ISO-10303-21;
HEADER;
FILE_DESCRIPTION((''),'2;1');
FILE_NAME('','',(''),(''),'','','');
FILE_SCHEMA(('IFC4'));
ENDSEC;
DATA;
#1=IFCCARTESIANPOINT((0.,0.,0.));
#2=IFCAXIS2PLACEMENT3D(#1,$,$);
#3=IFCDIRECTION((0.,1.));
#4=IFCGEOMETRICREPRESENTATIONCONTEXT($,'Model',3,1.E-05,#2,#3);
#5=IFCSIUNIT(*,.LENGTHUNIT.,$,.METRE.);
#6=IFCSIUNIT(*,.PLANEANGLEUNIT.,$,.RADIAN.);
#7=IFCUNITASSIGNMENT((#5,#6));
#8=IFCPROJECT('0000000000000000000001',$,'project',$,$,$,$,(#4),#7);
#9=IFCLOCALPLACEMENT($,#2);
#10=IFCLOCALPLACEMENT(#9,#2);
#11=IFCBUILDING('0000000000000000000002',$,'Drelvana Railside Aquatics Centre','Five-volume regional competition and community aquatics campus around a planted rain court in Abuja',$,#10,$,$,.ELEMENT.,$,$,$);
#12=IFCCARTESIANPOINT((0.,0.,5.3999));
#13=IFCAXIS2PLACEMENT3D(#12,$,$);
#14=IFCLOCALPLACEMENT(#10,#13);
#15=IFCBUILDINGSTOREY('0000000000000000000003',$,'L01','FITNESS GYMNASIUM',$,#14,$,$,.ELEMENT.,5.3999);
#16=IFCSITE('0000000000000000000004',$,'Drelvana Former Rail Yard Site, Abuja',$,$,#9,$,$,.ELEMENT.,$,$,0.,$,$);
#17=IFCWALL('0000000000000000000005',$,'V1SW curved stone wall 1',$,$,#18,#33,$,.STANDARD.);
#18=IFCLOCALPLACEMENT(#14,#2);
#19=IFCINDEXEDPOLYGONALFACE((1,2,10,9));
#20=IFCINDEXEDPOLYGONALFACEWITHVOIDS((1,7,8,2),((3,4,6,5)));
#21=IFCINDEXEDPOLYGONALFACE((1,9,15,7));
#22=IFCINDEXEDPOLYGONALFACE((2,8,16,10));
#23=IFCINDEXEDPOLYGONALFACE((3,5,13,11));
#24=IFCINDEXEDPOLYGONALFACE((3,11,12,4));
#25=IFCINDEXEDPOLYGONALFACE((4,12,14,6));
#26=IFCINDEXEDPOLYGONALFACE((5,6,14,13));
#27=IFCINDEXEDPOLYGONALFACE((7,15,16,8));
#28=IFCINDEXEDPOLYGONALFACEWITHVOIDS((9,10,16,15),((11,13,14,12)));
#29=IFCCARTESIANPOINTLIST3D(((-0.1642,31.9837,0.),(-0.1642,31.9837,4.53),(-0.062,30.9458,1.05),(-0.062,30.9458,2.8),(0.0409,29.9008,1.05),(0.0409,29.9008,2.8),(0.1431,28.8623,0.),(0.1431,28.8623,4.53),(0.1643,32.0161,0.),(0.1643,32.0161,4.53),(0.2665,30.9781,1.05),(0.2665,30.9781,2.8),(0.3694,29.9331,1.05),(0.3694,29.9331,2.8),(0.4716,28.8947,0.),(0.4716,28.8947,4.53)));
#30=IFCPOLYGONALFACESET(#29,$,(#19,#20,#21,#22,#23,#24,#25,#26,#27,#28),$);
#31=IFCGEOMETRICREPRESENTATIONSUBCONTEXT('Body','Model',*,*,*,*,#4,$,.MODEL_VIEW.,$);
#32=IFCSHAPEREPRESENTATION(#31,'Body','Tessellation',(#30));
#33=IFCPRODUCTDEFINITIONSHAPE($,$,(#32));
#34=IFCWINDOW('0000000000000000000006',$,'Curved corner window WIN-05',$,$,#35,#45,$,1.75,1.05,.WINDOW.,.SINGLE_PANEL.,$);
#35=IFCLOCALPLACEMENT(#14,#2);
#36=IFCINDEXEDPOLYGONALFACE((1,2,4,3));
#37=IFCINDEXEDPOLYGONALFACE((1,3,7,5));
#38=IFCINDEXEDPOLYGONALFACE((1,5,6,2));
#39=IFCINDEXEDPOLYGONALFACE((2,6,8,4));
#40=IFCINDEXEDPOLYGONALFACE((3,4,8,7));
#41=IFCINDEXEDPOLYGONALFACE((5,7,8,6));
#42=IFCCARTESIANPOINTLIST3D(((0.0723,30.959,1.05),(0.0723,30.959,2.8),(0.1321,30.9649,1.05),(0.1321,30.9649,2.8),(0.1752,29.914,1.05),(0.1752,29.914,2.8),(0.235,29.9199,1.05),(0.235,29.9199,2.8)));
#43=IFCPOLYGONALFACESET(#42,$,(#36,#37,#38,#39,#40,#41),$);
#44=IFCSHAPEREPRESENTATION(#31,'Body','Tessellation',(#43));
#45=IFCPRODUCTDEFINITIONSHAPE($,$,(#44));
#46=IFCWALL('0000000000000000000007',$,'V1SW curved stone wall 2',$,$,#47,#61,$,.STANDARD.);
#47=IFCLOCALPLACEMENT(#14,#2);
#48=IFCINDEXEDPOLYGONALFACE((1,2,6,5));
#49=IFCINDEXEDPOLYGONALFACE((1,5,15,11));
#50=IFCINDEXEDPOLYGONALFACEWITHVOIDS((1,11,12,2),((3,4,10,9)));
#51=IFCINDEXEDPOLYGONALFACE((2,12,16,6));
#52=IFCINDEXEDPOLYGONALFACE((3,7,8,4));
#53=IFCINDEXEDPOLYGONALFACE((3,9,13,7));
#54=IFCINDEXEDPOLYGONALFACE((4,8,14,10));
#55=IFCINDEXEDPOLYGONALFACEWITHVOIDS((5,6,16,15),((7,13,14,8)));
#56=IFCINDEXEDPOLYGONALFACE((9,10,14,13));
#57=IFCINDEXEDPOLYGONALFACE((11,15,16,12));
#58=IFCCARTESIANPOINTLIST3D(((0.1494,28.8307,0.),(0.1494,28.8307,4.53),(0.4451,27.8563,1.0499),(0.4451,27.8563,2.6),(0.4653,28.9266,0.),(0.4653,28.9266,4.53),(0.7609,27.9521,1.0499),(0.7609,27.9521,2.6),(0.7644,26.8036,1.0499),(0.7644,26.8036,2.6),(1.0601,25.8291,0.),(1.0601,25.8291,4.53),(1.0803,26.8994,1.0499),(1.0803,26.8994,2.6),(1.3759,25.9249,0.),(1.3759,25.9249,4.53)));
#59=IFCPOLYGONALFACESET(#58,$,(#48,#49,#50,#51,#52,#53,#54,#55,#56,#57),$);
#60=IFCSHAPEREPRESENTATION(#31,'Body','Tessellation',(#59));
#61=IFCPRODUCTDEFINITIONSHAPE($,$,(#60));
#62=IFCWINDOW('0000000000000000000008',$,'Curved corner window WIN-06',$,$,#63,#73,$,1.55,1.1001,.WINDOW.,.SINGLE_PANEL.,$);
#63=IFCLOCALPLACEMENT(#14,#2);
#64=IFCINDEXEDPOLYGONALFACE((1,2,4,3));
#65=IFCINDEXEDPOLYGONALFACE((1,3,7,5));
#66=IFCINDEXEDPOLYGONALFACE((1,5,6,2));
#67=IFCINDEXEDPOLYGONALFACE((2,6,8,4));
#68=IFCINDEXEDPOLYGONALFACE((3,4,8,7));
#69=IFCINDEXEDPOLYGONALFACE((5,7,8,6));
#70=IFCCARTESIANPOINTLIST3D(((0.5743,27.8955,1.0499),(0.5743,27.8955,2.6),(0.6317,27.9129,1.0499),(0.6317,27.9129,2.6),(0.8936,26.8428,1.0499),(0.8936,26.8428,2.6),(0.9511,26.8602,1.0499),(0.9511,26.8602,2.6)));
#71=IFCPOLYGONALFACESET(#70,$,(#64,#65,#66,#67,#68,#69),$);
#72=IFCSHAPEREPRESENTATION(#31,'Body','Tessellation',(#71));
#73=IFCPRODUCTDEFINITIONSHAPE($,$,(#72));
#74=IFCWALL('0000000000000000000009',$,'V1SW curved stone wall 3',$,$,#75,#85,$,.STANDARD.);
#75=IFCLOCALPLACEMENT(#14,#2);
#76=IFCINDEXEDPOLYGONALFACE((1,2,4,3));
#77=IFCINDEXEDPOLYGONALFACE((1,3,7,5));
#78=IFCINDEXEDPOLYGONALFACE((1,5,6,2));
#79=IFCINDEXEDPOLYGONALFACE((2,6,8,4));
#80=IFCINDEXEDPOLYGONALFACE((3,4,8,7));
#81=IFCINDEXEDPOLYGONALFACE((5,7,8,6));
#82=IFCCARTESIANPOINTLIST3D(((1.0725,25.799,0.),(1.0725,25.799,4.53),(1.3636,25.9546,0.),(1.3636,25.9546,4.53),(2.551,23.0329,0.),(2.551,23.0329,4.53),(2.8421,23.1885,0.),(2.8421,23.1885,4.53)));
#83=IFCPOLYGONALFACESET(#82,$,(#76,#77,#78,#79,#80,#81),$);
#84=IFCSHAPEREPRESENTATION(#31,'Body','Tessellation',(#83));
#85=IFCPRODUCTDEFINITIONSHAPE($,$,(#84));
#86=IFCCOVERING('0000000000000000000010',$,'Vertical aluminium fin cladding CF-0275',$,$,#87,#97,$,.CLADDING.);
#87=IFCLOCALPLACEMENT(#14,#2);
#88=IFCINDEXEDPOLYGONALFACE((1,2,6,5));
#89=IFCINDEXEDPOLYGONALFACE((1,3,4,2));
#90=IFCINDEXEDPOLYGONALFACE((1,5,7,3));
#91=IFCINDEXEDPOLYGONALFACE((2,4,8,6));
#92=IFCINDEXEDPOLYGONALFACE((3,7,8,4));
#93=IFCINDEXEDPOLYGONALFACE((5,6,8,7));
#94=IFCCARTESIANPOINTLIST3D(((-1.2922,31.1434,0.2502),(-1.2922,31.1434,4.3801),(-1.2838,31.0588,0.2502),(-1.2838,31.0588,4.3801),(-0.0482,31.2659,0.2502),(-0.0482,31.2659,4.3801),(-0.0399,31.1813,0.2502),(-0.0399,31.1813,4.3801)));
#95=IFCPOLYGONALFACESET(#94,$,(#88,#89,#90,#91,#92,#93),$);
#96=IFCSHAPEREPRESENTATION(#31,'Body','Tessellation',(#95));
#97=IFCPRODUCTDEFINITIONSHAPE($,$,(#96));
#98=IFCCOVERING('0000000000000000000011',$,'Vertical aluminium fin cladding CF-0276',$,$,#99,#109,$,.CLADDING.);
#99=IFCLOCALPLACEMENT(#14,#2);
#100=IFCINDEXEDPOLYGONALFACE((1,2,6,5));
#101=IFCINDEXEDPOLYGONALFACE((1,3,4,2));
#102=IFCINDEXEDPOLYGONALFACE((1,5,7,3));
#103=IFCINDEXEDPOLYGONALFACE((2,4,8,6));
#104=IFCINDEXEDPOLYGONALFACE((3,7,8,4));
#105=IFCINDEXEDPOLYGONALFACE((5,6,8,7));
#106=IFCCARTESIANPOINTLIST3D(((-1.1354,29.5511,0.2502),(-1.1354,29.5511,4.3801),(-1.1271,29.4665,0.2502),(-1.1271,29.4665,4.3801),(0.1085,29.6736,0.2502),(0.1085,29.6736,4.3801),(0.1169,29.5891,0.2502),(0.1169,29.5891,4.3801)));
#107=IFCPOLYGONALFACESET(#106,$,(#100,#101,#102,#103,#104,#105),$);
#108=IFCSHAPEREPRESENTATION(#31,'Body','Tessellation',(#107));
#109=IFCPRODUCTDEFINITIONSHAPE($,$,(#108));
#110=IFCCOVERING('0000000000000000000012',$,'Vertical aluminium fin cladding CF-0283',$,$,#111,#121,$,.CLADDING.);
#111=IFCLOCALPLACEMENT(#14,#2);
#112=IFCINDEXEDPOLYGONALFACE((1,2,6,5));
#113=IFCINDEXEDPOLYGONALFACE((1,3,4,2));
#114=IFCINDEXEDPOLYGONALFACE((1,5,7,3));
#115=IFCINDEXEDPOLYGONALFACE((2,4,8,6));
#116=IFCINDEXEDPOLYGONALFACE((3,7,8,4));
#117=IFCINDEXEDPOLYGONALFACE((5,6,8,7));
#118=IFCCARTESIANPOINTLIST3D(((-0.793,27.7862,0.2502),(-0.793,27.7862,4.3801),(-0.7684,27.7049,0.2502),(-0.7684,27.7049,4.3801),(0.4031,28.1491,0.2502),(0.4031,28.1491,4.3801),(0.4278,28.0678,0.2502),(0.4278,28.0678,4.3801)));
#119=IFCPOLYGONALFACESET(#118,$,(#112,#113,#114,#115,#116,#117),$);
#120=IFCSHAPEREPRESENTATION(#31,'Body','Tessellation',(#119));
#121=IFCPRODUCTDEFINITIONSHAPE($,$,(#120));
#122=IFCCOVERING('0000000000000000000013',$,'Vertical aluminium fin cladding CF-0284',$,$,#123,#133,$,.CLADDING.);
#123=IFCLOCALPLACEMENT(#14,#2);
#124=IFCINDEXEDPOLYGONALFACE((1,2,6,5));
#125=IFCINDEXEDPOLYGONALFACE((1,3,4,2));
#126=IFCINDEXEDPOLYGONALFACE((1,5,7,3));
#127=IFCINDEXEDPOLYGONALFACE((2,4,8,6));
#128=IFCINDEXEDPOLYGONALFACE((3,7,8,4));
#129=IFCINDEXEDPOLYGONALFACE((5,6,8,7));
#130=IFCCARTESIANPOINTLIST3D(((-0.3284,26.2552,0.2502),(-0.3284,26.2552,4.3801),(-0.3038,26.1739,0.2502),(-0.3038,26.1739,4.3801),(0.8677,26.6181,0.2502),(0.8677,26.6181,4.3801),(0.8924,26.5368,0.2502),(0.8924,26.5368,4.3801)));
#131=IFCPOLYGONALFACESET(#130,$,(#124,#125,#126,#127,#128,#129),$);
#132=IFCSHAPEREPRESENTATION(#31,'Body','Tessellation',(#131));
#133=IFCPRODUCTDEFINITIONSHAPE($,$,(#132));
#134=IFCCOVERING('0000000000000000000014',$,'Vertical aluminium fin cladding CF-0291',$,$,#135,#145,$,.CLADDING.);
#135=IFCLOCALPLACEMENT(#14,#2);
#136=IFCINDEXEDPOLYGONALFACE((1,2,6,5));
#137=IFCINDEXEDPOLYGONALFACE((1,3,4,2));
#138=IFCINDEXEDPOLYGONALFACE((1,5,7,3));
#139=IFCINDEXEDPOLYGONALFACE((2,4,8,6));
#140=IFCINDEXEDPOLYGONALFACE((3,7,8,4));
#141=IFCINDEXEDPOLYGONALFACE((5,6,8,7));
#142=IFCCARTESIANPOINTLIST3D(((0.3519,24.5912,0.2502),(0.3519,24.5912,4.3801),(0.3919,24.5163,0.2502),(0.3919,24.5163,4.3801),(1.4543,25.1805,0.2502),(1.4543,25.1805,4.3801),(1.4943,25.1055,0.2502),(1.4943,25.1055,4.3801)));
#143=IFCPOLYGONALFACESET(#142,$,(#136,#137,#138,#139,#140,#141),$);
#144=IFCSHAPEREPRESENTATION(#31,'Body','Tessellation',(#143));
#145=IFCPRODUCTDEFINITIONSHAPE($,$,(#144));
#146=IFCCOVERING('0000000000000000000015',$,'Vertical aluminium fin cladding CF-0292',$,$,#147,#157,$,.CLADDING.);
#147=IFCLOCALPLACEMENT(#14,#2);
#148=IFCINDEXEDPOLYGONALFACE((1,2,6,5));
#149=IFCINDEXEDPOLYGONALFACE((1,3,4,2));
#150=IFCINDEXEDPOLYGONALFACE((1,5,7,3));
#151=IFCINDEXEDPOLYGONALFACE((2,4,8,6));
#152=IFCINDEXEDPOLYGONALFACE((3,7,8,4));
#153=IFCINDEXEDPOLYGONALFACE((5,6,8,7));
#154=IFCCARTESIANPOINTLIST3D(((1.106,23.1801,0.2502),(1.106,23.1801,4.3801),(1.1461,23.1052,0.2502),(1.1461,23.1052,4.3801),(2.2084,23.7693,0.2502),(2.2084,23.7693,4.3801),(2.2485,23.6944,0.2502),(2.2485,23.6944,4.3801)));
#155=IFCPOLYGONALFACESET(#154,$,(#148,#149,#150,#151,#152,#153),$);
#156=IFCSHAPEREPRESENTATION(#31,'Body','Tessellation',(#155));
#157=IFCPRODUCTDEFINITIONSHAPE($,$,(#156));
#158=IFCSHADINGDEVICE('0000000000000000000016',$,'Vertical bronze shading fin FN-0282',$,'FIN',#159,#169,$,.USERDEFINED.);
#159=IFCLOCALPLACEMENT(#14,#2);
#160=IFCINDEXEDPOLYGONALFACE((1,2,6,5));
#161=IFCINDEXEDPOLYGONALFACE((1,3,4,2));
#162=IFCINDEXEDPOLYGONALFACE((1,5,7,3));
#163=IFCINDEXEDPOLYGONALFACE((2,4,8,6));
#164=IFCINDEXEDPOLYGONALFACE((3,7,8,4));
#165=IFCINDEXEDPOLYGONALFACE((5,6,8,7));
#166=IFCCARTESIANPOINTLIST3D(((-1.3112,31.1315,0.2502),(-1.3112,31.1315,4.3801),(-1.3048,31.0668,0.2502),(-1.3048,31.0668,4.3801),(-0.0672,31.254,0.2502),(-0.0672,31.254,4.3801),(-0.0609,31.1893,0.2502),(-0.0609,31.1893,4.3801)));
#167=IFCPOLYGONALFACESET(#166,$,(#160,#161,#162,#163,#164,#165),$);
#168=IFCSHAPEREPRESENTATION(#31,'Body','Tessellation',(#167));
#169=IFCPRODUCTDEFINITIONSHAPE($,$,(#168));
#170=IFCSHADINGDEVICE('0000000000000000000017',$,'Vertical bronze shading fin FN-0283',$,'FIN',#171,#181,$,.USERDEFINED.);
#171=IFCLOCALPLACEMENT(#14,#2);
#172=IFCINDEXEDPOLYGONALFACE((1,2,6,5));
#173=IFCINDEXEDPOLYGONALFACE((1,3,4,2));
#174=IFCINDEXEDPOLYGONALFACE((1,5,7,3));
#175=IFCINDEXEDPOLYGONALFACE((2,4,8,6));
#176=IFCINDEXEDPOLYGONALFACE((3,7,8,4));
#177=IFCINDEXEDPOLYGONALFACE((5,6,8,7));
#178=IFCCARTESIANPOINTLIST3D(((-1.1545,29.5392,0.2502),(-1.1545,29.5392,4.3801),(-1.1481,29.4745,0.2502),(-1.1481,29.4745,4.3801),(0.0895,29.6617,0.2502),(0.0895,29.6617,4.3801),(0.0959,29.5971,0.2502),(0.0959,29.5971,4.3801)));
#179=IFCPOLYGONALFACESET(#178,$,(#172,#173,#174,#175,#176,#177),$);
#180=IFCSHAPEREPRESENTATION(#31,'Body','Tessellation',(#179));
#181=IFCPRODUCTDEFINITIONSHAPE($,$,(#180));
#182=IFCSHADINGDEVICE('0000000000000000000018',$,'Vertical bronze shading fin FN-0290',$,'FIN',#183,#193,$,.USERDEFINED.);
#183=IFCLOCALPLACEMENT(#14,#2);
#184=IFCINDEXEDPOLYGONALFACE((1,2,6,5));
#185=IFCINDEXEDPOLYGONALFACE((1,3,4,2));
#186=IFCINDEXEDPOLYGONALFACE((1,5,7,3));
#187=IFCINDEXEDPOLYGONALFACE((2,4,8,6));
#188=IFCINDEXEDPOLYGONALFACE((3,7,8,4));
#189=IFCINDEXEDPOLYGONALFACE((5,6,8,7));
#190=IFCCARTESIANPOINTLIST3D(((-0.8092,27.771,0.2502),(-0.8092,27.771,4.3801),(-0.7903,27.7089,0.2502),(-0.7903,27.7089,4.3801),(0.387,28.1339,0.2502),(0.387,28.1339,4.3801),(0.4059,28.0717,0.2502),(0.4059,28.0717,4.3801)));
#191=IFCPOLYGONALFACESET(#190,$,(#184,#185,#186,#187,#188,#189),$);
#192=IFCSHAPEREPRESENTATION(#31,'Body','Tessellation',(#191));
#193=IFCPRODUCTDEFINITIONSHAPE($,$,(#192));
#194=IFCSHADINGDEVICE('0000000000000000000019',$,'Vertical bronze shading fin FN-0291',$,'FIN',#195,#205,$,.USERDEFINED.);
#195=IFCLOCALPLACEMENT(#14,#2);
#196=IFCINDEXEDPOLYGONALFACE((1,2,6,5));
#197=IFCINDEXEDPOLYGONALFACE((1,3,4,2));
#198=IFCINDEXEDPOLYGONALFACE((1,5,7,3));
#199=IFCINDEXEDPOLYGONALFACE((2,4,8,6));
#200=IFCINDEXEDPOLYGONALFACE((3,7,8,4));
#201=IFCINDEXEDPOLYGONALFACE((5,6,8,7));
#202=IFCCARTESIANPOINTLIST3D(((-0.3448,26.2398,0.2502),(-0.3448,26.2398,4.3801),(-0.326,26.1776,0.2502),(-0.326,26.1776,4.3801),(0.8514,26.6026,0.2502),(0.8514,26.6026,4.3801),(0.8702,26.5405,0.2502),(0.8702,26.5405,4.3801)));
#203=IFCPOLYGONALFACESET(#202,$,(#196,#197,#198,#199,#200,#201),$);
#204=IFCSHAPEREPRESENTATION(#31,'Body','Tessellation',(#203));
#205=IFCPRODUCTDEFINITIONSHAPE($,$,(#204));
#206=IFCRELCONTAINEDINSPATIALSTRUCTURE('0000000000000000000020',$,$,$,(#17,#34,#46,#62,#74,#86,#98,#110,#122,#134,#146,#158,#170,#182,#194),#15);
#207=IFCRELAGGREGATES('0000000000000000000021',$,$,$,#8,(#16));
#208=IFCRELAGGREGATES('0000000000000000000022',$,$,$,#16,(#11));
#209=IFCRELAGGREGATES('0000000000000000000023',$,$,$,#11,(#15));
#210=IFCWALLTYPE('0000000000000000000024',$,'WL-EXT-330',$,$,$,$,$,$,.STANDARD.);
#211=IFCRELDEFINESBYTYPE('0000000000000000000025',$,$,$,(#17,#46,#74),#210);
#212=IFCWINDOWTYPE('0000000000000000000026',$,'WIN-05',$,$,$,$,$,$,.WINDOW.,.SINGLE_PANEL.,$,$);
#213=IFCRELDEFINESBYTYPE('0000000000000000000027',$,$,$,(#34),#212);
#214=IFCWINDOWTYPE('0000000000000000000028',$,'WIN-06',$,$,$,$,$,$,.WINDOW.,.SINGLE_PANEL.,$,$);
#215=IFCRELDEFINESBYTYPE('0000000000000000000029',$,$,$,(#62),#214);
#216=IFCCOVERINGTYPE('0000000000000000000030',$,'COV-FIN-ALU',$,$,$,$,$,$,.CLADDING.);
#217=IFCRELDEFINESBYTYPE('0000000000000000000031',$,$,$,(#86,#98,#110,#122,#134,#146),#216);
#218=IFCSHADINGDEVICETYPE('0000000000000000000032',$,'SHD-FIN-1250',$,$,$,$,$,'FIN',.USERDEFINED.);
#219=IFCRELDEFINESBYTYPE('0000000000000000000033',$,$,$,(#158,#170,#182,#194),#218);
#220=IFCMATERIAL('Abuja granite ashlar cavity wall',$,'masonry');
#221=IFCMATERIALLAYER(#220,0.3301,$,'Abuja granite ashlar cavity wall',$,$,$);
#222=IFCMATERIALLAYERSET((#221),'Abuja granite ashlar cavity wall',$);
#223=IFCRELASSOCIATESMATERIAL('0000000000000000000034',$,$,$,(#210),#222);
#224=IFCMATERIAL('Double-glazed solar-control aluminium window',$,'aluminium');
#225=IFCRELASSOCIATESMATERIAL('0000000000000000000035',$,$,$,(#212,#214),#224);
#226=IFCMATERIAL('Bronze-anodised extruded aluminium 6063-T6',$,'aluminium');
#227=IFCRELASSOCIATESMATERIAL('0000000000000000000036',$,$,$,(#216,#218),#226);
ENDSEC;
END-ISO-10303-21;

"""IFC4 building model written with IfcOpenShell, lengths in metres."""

from ifc_helpers import new_model, si_unit, direction, frame, frame_2d, origin, origin_2d, place, context, subcontext, project, spatial, rectangle, extrude, material, layer, layer_set, type_object, element, fill, save


model = new_model("IFC4")

# Units and contexts
model_context = context("Model", 3, precision=1e-05, world=origin(), true_north=direction((0.0, 1.0)))
body_context = subcontext(model_context, "Body", "Model", "MODEL_VIEW")
ifc_project = project(units=[si_unit("LENGTHUNIT", "METRE"), si_unit("PLANEANGLEUNIT", "RADIAN")], contexts=[model_context])

# Site, building, storey
site_placement = place(None, origin())
site = spatial("IfcSite", under=ifc_project, at=site_placement, Name="Drelvana Former Rail Yard Site, Abuja", CompositionType="ELEMENT", RefElevation=0.0)
building_placement = place(site_placement, origin())
building = spatial("IfcBuilding", under=site, at=building_placement, Name="Drelvana Railside Aquatics Centre", Description="Five-volume regional competition and community aquatics campus around a planted rain court in Abuja", CompositionType="ELEMENT")
storey_placement = place(building_placement, frame((0.0, 0.0, 5.3999)))
storey = spatial("IfcBuildingStorey", under=building, at=storey_placement, Name="L01", Description="FITNESS GYMNASIUM", CompositionType="ELEMENT", Elevation=5.3999)

# Walls, openings, windows
ifc_material_1 = material(Name="Abuja granite ashlar cavity wall", Category="masonry")
ifc_layer_1 = layer(ifc_material_1, 0.3301, Name="Abuja granite ashlar cavity wall")
ifc_layer_set_1 = layer_set([ifc_layer_1], Name="Abuja granite ashlar cavity wall")
wall_type = type_object("IfcWallType", Name="WL-EXT-330", PredefinedType="STANDARD", material=ifc_layer_set_1)
wall_1_placement = place(storey_placement, frame((0.0, 32.0, 0.0), z_axis=(0.0, 0.0, 1.0), x_axis=(0.098001, -0.995186, 0.0)))
wall_1 = element("IfcWall", 1, at=wall_1_placement, inside=storey, type_object=wall_type, Name="V1SW curved stone wall 1", PredefinedType="STANDARD", context=body_context, shape_type="SweptSolid", body=[
    extrude(rectangle(XDim=3.1365, YDim=0.3301, at=frame_2d((1.5684, 0.0))), origin(), (0.0, 0.0, 1.0), 4.53),
])
opening_1_placement = place(wall_1_placement, frame((1.0432, 0.0, 1.05)))
opening_1 = element("IfcOpeningElement", 2, at=opening_1_placement, cuts=wall_1, PredefinedType="OPENING", context=body_context, shape_type="SweptSolid", body=[
    extrude(rectangle(XDim=1.05, YDim=1.75, at=frame_2d((0.5249, 0.875))), frame((0.0, 0.175, 0.0), z_axis=(0.0, -1.0, 0.0), x_axis=(1.0, 0.0, 0.0)), (0.0, 0.0, 1.0), 0.3501),
])
ifc_material_2 = material(Name="Double-glazed solar-control aluminium window", Category="aluminium")
window_type_1 = type_object("IfcWindowType", Name="WIN-05", PartitioningType="SINGLE_PANEL", PredefinedType="WINDOW", material=ifc_material_2)
window_1_placement = place(opening_1_placement, origin())
window_1 = element("IfcWindow", 3, at=window_1_placement, inside=storey, type_object=window_type_1, Name="Curved corner window WIN-05", OverallHeight=1.75, OverallWidth=1.05, PartitioningType="SINGLE_PANEL", PredefinedType="WINDOW", context=body_context, shape_type="SweptSolid", body=[
    extrude(rectangle(XDim=1.05, YDim=1.75, at=frame_2d((0.5249, 0.875))), frame((0.0, 0.03, 0.0), z_axis=(0.0, -1.0, 0.0), x_axis=(1.0, 0.0, 0.0)), (0.0, 0.0, 1.0), 0.0601),
])
fill(opening_1, window_1)
wall_2_placement = place(storey_placement, frame((0.3074, 28.8787, 0.0), z_axis=(0.0, 0.0, 1.0), x_axis=(0.29031, -0.956933, 0.0)))
wall_2 = element("IfcWall", 4, at=wall_2_placement, inside=storey, type_object=wall_type, Name="V1SW curved stone wall 2", PredefinedType="STANDARD", context=body_context, shape_type="SweptSolid", body=[
    extrude(rectangle(XDim=3.1367, YDim=0.3301, at=frame_2d((1.5684, 0.0))), origin(), (0.0, 0.0, 1.0), 4.53),
])
opening_2_placement = place(wall_2_placement, frame((1.0183, 0.0, 1.05)))
opening_2 = element("IfcOpeningElement", 5, at=opening_2_placement, cuts=wall_2, PredefinedType="OPENING", context=body_context, shape_type="SweptSolid", body=[
    extrude(rectangle(XDim=1.1001, YDim=1.55, at=frame_2d((0.55, 0.7749))), frame((0.0, 0.175, 0.0), z_axis=(0.0, -1.0, 0.0), x_axis=(1.0, 0.0, 0.0)), (0.0, 0.0, 1.0), 0.3501),
])
window_type_2 = type_object("IfcWindowType", Name="WIN-06", PartitioningType="SINGLE_PANEL", PredefinedType="WINDOW", material=ifc_material_2)
window_2_placement = place(opening_2_placement, origin())
window_2 = element("IfcWindow", 6, at=window_2_placement, inside=storey, type_object=window_type_2, Name="Curved corner window WIN-06", OverallHeight=1.55, OverallWidth=1.1001, PartitioningType="SINGLE_PANEL", PredefinedType="WINDOW", context=body_context, shape_type="SweptSolid", body=[
    extrude(rectangle(XDim=1.1001, YDim=1.55, at=frame_2d((0.55, 0.7749))), frame((0.0, 0.03, 0.0), z_axis=(0.0, -1.0, 0.0), x_axis=(1.0, 0.0, 0.0)), (0.0, 0.0, 1.0), 0.0601),
])
fill(opening_2, window_2)

# Wall
wall_3_placement = place(storey_placement, frame((1.218, 25.877, 0.0), z_axis=(0.0, 0.0, 1.0), x_axis=(0.471396, -0.881922, 0.0)))
element("IfcWall", 7, at=wall_3_placement, inside=storey, type_object=wall_type, Name="V1SW curved stone wall 3", PredefinedType="STANDARD", context=body_context, shape_type="SweptSolid", body=[
    extrude(rectangle(XDim=3.1365, YDim=0.3301, at=frame_2d((1.5684, 0.0))), origin(), (0.0, 0.0, 1.0), 4.53),
])

# Coverings
ifc_material_3 = material(Name="Bronze-anodised extruded aluminium 6063-T6", Category="aluminium")
covering_type = type_object("IfcCoveringType", Name="COV-FIN-ALU", PredefinedType="CLADDING", material=ifc_material_3)
for number, where, z_axis, x_axis, name in (
    (8, (-0.666, 31.1624, 0.2502), (0.0, 0.0, 1.0), (-0.098017, 0.995185, 0.0), "Vertical aluminium fin cladding CF-0275"),
    (9, (-0.5093, 29.5701, 0.2502), (0.0, 0.0, 1.0), (-0.098017, 0.995185, 0.0), "Vertical aluminium fin cladding CF-0276"),
    (10, (-0.1826, 27.927, 0.2502), (0.0, 0.0, 1.0), (-0.290285, 0.95694, 0.0), "Vertical aluminium fin cladding CF-0283"),
    (11, (0.282, 26.396, 0.2502), (0.0, 0.0, 1.0), (-0.290285, 0.95694, 0.0), "Vertical aluminium fin cladding CF-0284"),
    (12, (0.9231, 24.8484, 0.2502), (0.0, 0.0, 1.0), (-0.471397, 0.881921, 0.0), "Vertical aluminium fin cladding CF-0291"),
    (13, (1.6772, 23.4373, 0.2502), (0.0, 0.0, 1.0), (-0.471397, 0.881921, 0.0), "Vertical aluminium fin cladding CF-0292"),
):
    element("IfcCovering", number, at=place(storey_placement, frame(where, z_axis=z_axis, x_axis=x_axis)), inside=storey, type_object=covering_type, Name=name, PredefinedType="CLADDING", context=body_context, shape_type="SweptSolid", body=[
        extrude(rectangle(XDim=0.085, YDim=1.25, at=origin_2d()), origin(), (0.0, 0.0, 1.0), 4.1299),
    ])

# Shading devices
shading_device_type = type_object("IfcShadingDeviceType", Name="SHD-FIN-1250", ElementType="FIN", PredefinedType="USERDEFINED", material=ifc_material_3)
for number, where, z_axis, x_axis, name in (
    (14, (-0.686, 31.1604, 0.2502), (0.0, 0.0, 1.0), (-0.995185, -0.098017, 0.0), "Vertical bronze shading fin FN-0282"),
    (15, (-0.5293, 29.5681, 0.2502), (0.0, 0.0, 1.0), (-0.995185, -0.098017, 0.0), "Vertical bronze shading fin FN-0283"),
    (16, (-0.2017, 27.9214, 0.2502), (0.0, 0.0, 1.0), (-0.95694, -0.290285, 0.0), "Vertical bronze shading fin FN-0290"),
    (17, (0.2627, 26.3901, 0.2502), (0.0, 0.0, 1.0), (-0.95694, -0.290285, 0.0), "Vertical bronze shading fin FN-0291"),
):
    element("IfcShadingDevice", number, at=place(storey_placement, frame(where, z_axis=z_axis, x_axis=x_axis)), inside=storey, type_object=shading_device_type, Name=name, ObjectType="FIN", PredefinedType="USERDEFINED", context=body_context, shape_type="SweptSolid", body=[
        extrude(rectangle(XDim=1.25, YDim=0.0649, at=origin_2d()), origin(), (0.0, 0.0, 1.0), 4.1299),
    ])

save(model, "model.ifc")
